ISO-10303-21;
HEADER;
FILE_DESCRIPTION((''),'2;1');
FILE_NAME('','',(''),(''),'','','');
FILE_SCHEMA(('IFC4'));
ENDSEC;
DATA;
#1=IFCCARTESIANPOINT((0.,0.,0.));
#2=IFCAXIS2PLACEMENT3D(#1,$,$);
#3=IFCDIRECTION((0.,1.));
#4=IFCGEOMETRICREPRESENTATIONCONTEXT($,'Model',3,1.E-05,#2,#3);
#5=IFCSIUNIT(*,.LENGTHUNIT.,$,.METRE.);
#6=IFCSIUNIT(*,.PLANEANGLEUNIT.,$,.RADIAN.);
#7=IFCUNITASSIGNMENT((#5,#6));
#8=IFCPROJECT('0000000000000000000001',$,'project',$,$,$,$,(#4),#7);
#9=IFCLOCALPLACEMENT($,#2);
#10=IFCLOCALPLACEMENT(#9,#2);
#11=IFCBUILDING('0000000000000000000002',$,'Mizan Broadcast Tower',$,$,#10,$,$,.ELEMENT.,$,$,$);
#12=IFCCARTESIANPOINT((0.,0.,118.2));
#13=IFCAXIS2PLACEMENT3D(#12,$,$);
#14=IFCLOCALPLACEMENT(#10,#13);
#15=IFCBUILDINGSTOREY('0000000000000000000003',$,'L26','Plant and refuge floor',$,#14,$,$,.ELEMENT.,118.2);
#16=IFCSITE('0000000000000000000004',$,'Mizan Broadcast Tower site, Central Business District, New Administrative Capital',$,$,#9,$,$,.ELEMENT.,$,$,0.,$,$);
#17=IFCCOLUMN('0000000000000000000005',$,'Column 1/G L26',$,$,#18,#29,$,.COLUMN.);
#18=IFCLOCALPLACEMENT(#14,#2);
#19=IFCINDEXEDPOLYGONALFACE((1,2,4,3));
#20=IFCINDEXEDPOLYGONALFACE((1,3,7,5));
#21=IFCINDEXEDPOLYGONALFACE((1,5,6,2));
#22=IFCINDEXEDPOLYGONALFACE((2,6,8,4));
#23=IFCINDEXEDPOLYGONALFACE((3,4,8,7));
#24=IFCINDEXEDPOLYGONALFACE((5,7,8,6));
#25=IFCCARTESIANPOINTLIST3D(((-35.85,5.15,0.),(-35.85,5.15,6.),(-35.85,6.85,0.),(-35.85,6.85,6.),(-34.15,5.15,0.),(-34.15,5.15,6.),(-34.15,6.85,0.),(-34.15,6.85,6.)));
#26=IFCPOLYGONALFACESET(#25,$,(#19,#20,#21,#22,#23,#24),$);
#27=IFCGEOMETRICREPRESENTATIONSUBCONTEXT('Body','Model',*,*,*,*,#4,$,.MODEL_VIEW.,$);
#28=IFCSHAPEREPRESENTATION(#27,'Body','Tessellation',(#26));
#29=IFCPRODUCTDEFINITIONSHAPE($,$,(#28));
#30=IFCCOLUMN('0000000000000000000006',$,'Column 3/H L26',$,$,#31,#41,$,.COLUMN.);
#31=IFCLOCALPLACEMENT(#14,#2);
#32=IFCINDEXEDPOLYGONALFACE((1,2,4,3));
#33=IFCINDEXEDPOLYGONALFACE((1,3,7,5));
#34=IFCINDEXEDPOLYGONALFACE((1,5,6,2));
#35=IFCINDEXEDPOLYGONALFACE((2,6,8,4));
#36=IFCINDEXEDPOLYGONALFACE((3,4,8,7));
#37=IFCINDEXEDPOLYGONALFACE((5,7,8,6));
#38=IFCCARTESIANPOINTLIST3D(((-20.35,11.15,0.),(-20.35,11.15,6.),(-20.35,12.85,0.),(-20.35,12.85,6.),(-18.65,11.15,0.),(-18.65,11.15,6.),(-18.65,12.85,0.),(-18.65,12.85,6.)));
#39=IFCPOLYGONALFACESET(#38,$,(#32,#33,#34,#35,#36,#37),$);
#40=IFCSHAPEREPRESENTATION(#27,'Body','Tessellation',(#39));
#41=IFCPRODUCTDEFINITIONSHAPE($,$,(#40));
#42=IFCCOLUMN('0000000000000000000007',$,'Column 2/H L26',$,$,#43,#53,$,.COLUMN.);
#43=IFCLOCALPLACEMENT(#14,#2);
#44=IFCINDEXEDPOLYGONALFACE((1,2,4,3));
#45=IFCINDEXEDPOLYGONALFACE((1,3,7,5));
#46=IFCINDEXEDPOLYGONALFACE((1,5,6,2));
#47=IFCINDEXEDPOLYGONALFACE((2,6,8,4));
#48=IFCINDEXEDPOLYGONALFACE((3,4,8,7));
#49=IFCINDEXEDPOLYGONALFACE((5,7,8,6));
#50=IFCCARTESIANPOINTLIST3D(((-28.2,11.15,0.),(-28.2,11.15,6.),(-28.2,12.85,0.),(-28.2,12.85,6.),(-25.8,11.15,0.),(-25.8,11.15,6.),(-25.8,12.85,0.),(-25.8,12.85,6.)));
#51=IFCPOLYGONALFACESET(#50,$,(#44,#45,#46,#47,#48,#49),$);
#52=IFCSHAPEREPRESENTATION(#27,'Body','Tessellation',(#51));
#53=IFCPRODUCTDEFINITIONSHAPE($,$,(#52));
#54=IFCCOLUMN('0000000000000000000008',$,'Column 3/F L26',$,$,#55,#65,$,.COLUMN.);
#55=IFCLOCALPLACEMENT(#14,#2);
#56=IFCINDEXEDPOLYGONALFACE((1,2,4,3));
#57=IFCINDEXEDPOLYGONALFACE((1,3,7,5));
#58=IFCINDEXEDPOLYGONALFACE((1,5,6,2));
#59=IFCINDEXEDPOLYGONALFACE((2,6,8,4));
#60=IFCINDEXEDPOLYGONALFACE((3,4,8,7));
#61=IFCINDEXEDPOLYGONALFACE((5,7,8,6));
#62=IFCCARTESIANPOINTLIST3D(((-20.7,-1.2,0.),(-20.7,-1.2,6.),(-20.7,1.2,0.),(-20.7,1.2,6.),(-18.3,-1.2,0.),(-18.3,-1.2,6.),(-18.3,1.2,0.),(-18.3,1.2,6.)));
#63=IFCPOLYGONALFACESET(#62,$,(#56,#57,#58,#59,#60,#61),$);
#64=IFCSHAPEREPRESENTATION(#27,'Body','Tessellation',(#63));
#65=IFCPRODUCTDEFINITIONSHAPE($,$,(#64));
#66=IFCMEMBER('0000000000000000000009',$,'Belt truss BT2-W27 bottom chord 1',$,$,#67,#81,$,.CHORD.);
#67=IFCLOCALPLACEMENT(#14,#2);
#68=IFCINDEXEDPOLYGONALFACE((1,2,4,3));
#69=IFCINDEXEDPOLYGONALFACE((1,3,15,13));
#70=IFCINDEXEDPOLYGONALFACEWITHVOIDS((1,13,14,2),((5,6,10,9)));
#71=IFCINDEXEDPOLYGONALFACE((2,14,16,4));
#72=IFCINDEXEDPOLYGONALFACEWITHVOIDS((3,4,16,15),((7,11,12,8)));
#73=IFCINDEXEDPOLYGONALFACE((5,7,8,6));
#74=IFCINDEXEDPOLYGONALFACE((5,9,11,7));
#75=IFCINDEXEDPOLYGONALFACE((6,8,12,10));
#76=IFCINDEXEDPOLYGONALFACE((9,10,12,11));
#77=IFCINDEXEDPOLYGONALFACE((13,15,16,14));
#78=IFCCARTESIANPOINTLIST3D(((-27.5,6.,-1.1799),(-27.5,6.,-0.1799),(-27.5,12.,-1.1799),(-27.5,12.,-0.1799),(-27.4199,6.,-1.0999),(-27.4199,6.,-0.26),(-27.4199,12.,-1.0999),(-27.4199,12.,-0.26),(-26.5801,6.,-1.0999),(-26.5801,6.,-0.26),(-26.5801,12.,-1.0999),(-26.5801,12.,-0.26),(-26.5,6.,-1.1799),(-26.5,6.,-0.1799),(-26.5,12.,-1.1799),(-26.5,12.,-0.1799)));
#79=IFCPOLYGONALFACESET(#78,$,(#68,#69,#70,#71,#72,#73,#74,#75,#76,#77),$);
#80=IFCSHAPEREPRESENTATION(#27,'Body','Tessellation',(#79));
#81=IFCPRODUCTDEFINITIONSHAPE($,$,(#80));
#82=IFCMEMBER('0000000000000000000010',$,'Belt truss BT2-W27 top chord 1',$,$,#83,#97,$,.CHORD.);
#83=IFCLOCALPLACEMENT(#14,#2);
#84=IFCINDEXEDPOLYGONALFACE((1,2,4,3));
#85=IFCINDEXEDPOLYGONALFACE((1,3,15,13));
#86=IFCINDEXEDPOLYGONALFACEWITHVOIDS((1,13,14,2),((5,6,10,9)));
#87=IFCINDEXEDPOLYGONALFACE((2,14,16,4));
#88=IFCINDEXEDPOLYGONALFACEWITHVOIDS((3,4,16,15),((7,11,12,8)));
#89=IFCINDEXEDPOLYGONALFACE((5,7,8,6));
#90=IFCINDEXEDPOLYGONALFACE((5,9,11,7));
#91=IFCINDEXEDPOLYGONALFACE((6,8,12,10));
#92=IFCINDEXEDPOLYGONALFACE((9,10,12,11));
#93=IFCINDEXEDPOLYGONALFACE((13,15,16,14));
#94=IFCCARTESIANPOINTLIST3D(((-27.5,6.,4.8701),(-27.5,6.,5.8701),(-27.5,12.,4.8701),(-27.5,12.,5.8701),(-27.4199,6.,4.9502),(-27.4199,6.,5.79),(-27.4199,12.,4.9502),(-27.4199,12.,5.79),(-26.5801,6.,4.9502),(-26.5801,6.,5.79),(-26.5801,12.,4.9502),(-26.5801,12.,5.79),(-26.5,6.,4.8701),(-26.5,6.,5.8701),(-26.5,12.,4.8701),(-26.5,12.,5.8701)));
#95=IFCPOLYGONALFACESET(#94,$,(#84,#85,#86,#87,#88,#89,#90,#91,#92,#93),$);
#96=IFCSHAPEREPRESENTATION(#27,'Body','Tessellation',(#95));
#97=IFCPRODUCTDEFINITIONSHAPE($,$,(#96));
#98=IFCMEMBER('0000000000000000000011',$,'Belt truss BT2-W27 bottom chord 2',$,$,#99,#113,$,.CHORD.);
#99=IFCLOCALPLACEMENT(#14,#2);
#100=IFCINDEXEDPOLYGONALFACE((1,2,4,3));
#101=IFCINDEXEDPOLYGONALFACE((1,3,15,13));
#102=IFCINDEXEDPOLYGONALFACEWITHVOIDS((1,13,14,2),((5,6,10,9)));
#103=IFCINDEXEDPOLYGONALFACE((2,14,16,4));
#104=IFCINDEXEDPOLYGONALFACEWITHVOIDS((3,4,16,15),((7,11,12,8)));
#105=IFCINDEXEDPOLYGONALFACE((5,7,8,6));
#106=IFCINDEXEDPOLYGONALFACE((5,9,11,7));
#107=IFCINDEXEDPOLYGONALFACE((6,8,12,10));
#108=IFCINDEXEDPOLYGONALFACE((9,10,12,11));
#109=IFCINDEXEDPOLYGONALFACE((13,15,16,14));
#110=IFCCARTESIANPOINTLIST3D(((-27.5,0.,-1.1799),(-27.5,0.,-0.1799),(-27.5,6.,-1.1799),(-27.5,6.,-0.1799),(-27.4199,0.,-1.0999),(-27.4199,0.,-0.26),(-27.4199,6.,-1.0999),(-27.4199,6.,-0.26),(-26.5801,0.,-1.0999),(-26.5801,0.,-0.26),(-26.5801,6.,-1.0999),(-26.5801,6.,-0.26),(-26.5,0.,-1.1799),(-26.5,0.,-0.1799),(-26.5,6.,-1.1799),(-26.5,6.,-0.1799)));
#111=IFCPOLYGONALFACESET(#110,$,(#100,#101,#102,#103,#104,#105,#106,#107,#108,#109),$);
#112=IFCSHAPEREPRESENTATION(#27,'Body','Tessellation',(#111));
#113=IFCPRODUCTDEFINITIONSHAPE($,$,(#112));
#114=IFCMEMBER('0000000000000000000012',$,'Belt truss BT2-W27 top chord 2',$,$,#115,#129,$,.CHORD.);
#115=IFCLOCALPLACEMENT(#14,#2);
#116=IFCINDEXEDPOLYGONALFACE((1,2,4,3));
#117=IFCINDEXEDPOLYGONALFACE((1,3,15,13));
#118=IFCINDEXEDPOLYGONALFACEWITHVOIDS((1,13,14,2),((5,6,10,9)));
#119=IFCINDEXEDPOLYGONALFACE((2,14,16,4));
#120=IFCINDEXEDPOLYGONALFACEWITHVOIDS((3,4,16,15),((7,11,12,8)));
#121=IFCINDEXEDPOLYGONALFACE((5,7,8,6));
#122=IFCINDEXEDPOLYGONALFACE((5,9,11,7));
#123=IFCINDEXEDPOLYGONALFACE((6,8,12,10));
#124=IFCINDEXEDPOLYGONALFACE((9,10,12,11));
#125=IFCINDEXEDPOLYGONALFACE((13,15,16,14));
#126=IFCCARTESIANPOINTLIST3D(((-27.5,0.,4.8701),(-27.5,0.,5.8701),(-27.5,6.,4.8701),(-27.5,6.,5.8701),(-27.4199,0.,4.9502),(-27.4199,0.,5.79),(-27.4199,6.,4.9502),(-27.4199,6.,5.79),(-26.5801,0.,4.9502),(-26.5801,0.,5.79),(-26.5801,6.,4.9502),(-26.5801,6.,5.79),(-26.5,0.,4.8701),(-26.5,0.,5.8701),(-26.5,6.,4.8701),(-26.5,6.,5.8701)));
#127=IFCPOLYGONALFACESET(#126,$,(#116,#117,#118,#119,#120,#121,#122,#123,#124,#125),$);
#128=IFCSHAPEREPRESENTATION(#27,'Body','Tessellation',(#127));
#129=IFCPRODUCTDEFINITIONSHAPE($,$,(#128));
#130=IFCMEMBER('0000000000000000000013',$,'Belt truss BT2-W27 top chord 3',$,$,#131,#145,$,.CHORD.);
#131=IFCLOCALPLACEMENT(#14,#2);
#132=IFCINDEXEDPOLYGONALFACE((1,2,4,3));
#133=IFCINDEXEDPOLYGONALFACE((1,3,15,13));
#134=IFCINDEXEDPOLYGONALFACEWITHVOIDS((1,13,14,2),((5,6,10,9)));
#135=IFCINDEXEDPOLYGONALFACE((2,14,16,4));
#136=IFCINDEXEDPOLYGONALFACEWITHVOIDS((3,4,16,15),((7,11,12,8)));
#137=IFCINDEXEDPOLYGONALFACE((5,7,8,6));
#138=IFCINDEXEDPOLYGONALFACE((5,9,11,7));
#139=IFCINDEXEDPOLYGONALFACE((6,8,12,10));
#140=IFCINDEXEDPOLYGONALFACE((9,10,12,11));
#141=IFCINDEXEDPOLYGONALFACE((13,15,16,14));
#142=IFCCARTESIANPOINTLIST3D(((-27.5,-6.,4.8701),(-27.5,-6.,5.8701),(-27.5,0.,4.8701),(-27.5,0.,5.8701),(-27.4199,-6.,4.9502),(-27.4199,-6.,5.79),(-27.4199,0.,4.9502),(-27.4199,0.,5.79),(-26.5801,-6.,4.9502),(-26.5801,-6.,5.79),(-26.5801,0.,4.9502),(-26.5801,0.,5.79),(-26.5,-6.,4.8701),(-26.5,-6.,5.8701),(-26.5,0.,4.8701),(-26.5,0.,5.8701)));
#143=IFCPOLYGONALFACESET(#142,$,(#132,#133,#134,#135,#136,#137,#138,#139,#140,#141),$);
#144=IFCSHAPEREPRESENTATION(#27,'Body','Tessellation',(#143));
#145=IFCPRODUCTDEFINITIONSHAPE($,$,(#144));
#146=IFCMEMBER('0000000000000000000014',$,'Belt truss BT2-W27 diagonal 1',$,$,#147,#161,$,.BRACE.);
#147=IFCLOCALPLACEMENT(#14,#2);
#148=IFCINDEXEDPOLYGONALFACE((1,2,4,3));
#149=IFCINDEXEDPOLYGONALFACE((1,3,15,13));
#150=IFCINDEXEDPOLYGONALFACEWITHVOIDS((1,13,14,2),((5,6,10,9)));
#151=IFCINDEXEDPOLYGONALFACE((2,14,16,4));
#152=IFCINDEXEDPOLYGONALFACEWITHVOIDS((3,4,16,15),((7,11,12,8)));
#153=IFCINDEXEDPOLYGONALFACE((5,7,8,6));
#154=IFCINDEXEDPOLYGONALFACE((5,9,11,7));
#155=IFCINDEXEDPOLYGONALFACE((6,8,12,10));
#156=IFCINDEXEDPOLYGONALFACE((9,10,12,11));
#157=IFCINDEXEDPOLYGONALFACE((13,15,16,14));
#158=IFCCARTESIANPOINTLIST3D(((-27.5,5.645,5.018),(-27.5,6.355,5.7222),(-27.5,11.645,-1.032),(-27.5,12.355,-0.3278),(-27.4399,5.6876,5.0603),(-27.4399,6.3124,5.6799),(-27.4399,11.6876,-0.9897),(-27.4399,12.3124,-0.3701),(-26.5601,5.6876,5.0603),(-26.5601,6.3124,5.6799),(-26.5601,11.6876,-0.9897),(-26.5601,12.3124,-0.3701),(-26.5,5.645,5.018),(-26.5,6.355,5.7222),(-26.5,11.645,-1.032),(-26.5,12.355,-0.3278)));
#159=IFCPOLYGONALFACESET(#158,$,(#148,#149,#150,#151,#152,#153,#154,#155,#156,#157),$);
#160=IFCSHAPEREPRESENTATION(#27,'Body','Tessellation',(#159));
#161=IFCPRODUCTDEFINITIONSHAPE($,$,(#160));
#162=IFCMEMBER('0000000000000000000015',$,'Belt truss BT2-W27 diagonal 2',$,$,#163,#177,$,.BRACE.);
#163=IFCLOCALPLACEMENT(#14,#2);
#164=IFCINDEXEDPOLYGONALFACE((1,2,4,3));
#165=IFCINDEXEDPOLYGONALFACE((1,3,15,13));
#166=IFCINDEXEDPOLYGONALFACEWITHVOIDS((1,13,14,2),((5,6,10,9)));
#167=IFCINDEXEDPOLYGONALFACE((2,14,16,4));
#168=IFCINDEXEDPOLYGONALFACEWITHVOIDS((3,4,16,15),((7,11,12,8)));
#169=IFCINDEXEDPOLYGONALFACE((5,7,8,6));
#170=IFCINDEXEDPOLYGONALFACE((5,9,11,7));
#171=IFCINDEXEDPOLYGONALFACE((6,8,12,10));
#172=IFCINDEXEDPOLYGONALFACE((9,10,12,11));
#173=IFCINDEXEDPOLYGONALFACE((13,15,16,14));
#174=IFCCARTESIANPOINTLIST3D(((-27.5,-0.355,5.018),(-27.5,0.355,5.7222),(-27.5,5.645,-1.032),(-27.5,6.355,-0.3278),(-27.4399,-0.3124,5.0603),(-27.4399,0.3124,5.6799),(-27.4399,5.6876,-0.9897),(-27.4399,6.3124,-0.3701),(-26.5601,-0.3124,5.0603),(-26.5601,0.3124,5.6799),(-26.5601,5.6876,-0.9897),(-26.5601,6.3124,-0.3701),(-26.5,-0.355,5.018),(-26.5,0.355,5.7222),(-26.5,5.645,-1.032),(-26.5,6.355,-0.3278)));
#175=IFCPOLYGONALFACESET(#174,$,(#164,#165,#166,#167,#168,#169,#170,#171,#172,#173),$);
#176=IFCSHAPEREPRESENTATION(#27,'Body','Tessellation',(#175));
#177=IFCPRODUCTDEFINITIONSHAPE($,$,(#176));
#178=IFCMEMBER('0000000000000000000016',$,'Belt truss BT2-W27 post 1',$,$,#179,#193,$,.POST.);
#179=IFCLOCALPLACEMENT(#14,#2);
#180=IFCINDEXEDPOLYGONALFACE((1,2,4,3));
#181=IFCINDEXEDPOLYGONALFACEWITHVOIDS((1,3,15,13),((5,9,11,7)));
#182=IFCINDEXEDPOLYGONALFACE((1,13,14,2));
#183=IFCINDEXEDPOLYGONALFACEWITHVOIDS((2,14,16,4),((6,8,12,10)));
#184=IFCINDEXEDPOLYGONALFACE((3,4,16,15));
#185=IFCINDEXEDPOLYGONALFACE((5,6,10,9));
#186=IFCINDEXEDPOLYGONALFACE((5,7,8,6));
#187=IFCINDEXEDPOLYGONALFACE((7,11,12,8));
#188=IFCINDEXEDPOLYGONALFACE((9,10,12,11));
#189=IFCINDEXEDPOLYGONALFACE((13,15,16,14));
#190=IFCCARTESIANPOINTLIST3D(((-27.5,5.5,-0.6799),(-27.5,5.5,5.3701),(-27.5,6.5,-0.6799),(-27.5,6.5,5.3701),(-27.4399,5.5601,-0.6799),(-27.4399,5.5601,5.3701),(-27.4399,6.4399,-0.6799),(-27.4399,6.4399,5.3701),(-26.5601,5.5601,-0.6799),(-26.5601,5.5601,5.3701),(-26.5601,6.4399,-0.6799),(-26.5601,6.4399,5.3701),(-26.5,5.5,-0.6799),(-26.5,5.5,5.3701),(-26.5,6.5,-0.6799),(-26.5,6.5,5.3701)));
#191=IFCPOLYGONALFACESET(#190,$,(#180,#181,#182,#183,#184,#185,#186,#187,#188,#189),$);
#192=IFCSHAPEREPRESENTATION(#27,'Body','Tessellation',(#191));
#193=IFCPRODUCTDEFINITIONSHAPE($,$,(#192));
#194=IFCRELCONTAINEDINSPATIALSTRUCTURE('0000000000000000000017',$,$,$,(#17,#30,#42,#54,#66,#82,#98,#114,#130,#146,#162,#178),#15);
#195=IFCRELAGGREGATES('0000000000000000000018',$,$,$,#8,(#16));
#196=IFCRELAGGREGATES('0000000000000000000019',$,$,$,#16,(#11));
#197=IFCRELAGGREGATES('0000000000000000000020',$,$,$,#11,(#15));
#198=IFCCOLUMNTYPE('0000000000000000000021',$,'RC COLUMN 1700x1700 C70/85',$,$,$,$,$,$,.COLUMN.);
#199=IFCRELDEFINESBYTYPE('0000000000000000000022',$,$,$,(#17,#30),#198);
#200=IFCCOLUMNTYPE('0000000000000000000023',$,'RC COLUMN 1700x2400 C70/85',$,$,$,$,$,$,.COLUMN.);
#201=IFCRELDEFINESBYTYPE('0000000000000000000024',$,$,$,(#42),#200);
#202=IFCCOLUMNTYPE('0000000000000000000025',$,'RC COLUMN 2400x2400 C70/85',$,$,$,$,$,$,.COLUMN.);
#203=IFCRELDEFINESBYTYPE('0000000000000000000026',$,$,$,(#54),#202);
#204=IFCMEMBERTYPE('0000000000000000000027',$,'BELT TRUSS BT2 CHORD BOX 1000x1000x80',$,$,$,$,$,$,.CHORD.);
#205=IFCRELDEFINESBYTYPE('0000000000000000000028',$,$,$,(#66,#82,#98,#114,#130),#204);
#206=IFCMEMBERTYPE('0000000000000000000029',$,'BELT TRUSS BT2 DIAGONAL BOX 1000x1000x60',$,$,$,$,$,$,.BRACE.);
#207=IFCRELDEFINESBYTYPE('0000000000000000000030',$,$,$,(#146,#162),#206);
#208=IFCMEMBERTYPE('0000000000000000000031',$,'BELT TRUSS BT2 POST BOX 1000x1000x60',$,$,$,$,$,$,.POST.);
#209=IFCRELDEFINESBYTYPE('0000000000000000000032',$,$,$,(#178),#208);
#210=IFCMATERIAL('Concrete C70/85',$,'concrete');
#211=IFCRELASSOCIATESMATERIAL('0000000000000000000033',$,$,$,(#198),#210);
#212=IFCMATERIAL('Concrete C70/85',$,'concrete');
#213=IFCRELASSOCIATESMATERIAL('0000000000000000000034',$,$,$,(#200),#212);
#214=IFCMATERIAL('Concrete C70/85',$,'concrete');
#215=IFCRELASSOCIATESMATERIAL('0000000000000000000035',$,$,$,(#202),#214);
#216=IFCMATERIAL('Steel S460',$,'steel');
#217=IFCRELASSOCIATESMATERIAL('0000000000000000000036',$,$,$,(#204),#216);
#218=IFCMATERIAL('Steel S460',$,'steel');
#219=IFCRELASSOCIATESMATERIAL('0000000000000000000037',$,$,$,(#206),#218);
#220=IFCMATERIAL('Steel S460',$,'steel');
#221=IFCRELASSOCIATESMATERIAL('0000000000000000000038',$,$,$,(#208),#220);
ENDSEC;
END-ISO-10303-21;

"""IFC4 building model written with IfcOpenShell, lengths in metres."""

from ifc_helpers import new_model, si_unit, direction, frame, origin, origin_2d, place, context, subcontext, project, spatial, rectangle, hollow_rectangle, extrude, material, material_profile, profile_set, type_object, element, save


model = new_model("IFC4")

# Units and contexts
model_context = context("Model", 3, precision=1e-05, world=origin(), true_north=direction((0.0, 1.0)))
body_context = subcontext(model_context, "Body", "Model", "MODEL_VIEW")
ifc_project = project(units=[si_unit("LENGTHUNIT", "METRE"), si_unit("PLANEANGLEUNIT", "RADIAN")], contexts=[model_context])

# Site, building, storey
site_placement = place(None, origin())
site = spatial("IfcSite", under=ifc_project, at=site_placement, Name="Mizan Broadcast Tower site, Central Business District, New Administrative Capital", CompositionType="ELEMENT", RefElevation=0.0)
building_placement = place(site_placement, origin())
building = spatial("IfcBuilding", under=site, at=building_placement, Name="Mizan Broadcast Tower", CompositionType="ELEMENT")
storey_placement = place(building_placement, frame((0.0, 0.0, 118.2)))
storey = spatial("IfcBuildingStorey", under=building, at=storey_placement, Name="L26", Description="Plant and refuge floor", CompositionType="ELEMENT", Elevation=118.2)

# Columns
ifc_material_1 = material(Name="Concrete C70/85", Category="concrete")
ifc_material_profile_1 = material_profile(ifc_material_1, rectangle(XDim=1.7, YDim=1.7, at=origin_2d()), Name="RC 1700x1700")
ifc_profile_set_1 = profile_set([ifc_material_profile_1], Name="Concrete C70/85")
column_type_1 = type_object("IfcColumnType", Name="RC COLUMN 1700x1700 C70/85", PredefinedType="COLUMN", material=ifc_profile_set_1)
for number, where, z_axis, x_axis, name in (
    (1, (-35.0, 6.0, 0.0), (0.0, 0.0, 1.0), (1.0, 0.0, 0.0), "Column 1/G L26"),
    (2, (-19.5, 12.0, 0.0), (0.0, 0.0, 1.0), (1.0, 0.0, 0.0), "Column 3/H L26"),
):
    element("IfcColumn", number, at=place(storey_placement, frame(where, z_axis=z_axis, x_axis=x_axis)), inside=storey, type_object=column_type_1, Name=name, PredefinedType="COLUMN", context=body_context, shape_type="SweptSolid", body=[
        extrude(rectangle(XDim=1.7, YDim=1.7, at=origin_2d()), origin(), (0.0, 0.0, 1.0), 6.0),
    ])
ifc_material_2 = material(Name="Concrete C70/85", Category="concrete")
ifc_material_profile_2 = material_profile(ifc_material_2, rectangle(XDim=1.7, YDim=2.3999, at=origin_2d()), Name="RC 1700x2400")
ifc_profile_set_2 = profile_set([ifc_material_profile_2], Name="Concrete C70/85")
column_type_2 = type_object("IfcColumnType", Name="RC COLUMN 1700x2400 C70/85", PredefinedType="COLUMN", material=ifc_profile_set_2)
column_1_placement = place(storey_placement, frame((-27.0, 12.0, 0.0), z_axis=(0.0, 0.0, 1.0), x_axis=(0.0, 1.0, 0.0)))
element("IfcColumn", 3, at=column_1_placement, inside=storey, type_object=column_type_2, Name="Column 2/H L26", PredefinedType="COLUMN", context=body_context, shape_type="SweptSolid", body=[
    extrude(rectangle(XDim=1.7, YDim=2.3999, at=origin_2d()), origin(), (0.0, 0.0, 1.0), 6.0),
])
ifc_material_3 = material(Name="Concrete C70/85", Category="concrete")
ifc_material_profile_3 = material_profile(ifc_material_3, rectangle(XDim=2.3999, YDim=2.3999, at=origin_2d()), Name="RC 2400x2400")
ifc_profile_set_3 = profile_set([ifc_material_profile_3], Name="Concrete C70/85")
column_type_3 = type_object("IfcColumnType", Name="RC COLUMN 2400x2400 C70/85", PredefinedType="COLUMN", material=ifc_profile_set_3)
column_2_placement = place(storey_placement, frame((-19.5, 0.0, 0.0), z_axis=(0.0, 0.0, 1.0), x_axis=(1.0, 0.0, 0.0)))
element("IfcColumn", 4, at=column_2_placement, inside=storey, type_object=column_type_3, Name="Column 3/F L26", PredefinedType="COLUMN", context=body_context, shape_type="SweptSolid", body=[
    extrude(rectangle(XDim=2.3999, YDim=2.3999, at=origin_2d()), origin(), (0.0, 0.0, 1.0), 6.0),
])

# Members
ifc_material_4 = material(Name="Steel S460", Category="steel")
ifc_material_profile_4 = material_profile(ifc_material_4, hollow_rectangle(XDim=1.0, YDim=1.0, WallThickness=0.0801, at=origin_2d()), Name="BOX 1000x1000x80")
ifc_profile_set_4 = profile_set([ifc_material_profile_4], Name="Steel S460")
member_type_1 = type_object("IfcMemberType", Name="BELT TRUSS BT2 CHORD BOX 1000x1000x80", PredefinedType="CHORD", material=ifc_profile_set_4)
for number, where, z_axis, x_axis, name in (
    (5, (-27.0, 12.0, -0.6799), (0.0, -1.0, 0.0), (1.0, 0.0, 0.0), "Belt truss BT2-W27 bottom chord 1"),
    (6, (-27.0, 12.0, 5.3701), (0.0, -1.0, 0.0), (1.0, 0.0, 0.0), "Belt truss BT2-W27 top chord 1"),
    (7, (-27.0, 6.0, -0.6799), (0.0, -1.0, 0.0), (1.0, 0.0, 0.0), "Belt truss BT2-W27 bottom chord 2"),
    (8, (-27.0, 6.0, 5.3701), (0.0, -1.0, 0.0), (1.0, 0.0, 0.0), "Belt truss BT2-W27 top chord 2"),
    (9, (-27.0, 0.0, 5.3701), (0.0, -1.0, 0.0), (1.0, 0.0, 0.0), "Belt truss BT2-W27 top chord 3"),
):
    element("IfcMember", number, at=place(storey_placement, frame(where, z_axis=z_axis, x_axis=x_axis)), inside=storey, type_object=member_type_1, Name=name, PredefinedType="CHORD", context=body_context, shape_type="SweptSolid", body=[
        extrude(hollow_rectangle(XDim=1.0, YDim=1.0, WallThickness=0.0801, at=origin_2d()), origin(), (0.0, 0.0, 1.0), 6.0),
    ])
ifc_material_5 = material(Name="Steel S460", Category="steel")
ifc_material_profile_5 = material_profile(ifc_material_5, hollow_rectangle(XDim=1.0, YDim=1.0, WallThickness=0.0601, at=origin_2d()), Name="BOX 1000x1000x60")
ifc_profile_set_5 = profile_set([ifc_material_profile_5], Name="Steel S460")
member_type_2 = type_object("IfcMemberType", Name="BELT TRUSS BT2 DIAGONAL BOX 1000x1000x60", PredefinedType="BRACE", material=ifc_profile_set_5)
for number, where, z_axis, x_axis, name in (
    (10, (-27.0, 12.0, -0.6799), (0.0, -0.704164, 0.710038), (1.0, 0.0, 0.0), "Belt truss BT2-W27 diagonal 1"),
    (11, (-27.0, 6.0, -0.6799), (0.0, -0.704164, 0.710038), (1.0, 0.0, 0.0), "Belt truss BT2-W27 diagonal 2"),
):
    element("IfcMember", number, at=place(storey_placement, frame(where, z_axis=z_axis, x_axis=x_axis)), inside=storey, type_object=member_type_2, Name=name, PredefinedType="BRACE", context=body_context, shape_type="SweptSolid", body=[
        extrude(hollow_rectangle(XDim=1.0, YDim=1.0, WallThickness=0.0601, at=origin_2d()), origin(), (0.0, 0.0, 1.0), 8.5208),
    ])
ifc_material_6 = material(Name="Steel S460", Category="steel")
ifc_material_profile_6 = material_profile(ifc_material_6, hollow_rectangle(XDim=1.0, YDim=1.0, WallThickness=0.0601, at=origin_2d()), Name="BOX 1000x1000x60")
ifc_profile_set_6 = profile_set([ifc_material_profile_6], Name="Steel S460")
member_type_3 = type_object("IfcMemberType", Name="BELT TRUSS BT2 POST BOX 1000x1000x60", PredefinedType="POST", material=ifc_profile_set_6)
member_1_placement = place(storey_placement, frame((-27.0, 6.0, -0.6799), z_axis=(0.0, 0.0, 1.0), x_axis=(1.0, 0.0, 0.0)))
element("IfcMember", 12, at=member_1_placement, inside=storey, type_object=member_type_3, Name="Belt truss BT2-W27 post 1", PredefinedType="POST", context=body_context, shape_type="SweptSolid", body=[
    extrude(hollow_rectangle(XDim=1.0, YDim=1.0, WallThickness=0.0601, at=origin_2d()), origin(), (0.0, 0.0, 1.0), 6.05),
])

save(model, "model.ifc")
